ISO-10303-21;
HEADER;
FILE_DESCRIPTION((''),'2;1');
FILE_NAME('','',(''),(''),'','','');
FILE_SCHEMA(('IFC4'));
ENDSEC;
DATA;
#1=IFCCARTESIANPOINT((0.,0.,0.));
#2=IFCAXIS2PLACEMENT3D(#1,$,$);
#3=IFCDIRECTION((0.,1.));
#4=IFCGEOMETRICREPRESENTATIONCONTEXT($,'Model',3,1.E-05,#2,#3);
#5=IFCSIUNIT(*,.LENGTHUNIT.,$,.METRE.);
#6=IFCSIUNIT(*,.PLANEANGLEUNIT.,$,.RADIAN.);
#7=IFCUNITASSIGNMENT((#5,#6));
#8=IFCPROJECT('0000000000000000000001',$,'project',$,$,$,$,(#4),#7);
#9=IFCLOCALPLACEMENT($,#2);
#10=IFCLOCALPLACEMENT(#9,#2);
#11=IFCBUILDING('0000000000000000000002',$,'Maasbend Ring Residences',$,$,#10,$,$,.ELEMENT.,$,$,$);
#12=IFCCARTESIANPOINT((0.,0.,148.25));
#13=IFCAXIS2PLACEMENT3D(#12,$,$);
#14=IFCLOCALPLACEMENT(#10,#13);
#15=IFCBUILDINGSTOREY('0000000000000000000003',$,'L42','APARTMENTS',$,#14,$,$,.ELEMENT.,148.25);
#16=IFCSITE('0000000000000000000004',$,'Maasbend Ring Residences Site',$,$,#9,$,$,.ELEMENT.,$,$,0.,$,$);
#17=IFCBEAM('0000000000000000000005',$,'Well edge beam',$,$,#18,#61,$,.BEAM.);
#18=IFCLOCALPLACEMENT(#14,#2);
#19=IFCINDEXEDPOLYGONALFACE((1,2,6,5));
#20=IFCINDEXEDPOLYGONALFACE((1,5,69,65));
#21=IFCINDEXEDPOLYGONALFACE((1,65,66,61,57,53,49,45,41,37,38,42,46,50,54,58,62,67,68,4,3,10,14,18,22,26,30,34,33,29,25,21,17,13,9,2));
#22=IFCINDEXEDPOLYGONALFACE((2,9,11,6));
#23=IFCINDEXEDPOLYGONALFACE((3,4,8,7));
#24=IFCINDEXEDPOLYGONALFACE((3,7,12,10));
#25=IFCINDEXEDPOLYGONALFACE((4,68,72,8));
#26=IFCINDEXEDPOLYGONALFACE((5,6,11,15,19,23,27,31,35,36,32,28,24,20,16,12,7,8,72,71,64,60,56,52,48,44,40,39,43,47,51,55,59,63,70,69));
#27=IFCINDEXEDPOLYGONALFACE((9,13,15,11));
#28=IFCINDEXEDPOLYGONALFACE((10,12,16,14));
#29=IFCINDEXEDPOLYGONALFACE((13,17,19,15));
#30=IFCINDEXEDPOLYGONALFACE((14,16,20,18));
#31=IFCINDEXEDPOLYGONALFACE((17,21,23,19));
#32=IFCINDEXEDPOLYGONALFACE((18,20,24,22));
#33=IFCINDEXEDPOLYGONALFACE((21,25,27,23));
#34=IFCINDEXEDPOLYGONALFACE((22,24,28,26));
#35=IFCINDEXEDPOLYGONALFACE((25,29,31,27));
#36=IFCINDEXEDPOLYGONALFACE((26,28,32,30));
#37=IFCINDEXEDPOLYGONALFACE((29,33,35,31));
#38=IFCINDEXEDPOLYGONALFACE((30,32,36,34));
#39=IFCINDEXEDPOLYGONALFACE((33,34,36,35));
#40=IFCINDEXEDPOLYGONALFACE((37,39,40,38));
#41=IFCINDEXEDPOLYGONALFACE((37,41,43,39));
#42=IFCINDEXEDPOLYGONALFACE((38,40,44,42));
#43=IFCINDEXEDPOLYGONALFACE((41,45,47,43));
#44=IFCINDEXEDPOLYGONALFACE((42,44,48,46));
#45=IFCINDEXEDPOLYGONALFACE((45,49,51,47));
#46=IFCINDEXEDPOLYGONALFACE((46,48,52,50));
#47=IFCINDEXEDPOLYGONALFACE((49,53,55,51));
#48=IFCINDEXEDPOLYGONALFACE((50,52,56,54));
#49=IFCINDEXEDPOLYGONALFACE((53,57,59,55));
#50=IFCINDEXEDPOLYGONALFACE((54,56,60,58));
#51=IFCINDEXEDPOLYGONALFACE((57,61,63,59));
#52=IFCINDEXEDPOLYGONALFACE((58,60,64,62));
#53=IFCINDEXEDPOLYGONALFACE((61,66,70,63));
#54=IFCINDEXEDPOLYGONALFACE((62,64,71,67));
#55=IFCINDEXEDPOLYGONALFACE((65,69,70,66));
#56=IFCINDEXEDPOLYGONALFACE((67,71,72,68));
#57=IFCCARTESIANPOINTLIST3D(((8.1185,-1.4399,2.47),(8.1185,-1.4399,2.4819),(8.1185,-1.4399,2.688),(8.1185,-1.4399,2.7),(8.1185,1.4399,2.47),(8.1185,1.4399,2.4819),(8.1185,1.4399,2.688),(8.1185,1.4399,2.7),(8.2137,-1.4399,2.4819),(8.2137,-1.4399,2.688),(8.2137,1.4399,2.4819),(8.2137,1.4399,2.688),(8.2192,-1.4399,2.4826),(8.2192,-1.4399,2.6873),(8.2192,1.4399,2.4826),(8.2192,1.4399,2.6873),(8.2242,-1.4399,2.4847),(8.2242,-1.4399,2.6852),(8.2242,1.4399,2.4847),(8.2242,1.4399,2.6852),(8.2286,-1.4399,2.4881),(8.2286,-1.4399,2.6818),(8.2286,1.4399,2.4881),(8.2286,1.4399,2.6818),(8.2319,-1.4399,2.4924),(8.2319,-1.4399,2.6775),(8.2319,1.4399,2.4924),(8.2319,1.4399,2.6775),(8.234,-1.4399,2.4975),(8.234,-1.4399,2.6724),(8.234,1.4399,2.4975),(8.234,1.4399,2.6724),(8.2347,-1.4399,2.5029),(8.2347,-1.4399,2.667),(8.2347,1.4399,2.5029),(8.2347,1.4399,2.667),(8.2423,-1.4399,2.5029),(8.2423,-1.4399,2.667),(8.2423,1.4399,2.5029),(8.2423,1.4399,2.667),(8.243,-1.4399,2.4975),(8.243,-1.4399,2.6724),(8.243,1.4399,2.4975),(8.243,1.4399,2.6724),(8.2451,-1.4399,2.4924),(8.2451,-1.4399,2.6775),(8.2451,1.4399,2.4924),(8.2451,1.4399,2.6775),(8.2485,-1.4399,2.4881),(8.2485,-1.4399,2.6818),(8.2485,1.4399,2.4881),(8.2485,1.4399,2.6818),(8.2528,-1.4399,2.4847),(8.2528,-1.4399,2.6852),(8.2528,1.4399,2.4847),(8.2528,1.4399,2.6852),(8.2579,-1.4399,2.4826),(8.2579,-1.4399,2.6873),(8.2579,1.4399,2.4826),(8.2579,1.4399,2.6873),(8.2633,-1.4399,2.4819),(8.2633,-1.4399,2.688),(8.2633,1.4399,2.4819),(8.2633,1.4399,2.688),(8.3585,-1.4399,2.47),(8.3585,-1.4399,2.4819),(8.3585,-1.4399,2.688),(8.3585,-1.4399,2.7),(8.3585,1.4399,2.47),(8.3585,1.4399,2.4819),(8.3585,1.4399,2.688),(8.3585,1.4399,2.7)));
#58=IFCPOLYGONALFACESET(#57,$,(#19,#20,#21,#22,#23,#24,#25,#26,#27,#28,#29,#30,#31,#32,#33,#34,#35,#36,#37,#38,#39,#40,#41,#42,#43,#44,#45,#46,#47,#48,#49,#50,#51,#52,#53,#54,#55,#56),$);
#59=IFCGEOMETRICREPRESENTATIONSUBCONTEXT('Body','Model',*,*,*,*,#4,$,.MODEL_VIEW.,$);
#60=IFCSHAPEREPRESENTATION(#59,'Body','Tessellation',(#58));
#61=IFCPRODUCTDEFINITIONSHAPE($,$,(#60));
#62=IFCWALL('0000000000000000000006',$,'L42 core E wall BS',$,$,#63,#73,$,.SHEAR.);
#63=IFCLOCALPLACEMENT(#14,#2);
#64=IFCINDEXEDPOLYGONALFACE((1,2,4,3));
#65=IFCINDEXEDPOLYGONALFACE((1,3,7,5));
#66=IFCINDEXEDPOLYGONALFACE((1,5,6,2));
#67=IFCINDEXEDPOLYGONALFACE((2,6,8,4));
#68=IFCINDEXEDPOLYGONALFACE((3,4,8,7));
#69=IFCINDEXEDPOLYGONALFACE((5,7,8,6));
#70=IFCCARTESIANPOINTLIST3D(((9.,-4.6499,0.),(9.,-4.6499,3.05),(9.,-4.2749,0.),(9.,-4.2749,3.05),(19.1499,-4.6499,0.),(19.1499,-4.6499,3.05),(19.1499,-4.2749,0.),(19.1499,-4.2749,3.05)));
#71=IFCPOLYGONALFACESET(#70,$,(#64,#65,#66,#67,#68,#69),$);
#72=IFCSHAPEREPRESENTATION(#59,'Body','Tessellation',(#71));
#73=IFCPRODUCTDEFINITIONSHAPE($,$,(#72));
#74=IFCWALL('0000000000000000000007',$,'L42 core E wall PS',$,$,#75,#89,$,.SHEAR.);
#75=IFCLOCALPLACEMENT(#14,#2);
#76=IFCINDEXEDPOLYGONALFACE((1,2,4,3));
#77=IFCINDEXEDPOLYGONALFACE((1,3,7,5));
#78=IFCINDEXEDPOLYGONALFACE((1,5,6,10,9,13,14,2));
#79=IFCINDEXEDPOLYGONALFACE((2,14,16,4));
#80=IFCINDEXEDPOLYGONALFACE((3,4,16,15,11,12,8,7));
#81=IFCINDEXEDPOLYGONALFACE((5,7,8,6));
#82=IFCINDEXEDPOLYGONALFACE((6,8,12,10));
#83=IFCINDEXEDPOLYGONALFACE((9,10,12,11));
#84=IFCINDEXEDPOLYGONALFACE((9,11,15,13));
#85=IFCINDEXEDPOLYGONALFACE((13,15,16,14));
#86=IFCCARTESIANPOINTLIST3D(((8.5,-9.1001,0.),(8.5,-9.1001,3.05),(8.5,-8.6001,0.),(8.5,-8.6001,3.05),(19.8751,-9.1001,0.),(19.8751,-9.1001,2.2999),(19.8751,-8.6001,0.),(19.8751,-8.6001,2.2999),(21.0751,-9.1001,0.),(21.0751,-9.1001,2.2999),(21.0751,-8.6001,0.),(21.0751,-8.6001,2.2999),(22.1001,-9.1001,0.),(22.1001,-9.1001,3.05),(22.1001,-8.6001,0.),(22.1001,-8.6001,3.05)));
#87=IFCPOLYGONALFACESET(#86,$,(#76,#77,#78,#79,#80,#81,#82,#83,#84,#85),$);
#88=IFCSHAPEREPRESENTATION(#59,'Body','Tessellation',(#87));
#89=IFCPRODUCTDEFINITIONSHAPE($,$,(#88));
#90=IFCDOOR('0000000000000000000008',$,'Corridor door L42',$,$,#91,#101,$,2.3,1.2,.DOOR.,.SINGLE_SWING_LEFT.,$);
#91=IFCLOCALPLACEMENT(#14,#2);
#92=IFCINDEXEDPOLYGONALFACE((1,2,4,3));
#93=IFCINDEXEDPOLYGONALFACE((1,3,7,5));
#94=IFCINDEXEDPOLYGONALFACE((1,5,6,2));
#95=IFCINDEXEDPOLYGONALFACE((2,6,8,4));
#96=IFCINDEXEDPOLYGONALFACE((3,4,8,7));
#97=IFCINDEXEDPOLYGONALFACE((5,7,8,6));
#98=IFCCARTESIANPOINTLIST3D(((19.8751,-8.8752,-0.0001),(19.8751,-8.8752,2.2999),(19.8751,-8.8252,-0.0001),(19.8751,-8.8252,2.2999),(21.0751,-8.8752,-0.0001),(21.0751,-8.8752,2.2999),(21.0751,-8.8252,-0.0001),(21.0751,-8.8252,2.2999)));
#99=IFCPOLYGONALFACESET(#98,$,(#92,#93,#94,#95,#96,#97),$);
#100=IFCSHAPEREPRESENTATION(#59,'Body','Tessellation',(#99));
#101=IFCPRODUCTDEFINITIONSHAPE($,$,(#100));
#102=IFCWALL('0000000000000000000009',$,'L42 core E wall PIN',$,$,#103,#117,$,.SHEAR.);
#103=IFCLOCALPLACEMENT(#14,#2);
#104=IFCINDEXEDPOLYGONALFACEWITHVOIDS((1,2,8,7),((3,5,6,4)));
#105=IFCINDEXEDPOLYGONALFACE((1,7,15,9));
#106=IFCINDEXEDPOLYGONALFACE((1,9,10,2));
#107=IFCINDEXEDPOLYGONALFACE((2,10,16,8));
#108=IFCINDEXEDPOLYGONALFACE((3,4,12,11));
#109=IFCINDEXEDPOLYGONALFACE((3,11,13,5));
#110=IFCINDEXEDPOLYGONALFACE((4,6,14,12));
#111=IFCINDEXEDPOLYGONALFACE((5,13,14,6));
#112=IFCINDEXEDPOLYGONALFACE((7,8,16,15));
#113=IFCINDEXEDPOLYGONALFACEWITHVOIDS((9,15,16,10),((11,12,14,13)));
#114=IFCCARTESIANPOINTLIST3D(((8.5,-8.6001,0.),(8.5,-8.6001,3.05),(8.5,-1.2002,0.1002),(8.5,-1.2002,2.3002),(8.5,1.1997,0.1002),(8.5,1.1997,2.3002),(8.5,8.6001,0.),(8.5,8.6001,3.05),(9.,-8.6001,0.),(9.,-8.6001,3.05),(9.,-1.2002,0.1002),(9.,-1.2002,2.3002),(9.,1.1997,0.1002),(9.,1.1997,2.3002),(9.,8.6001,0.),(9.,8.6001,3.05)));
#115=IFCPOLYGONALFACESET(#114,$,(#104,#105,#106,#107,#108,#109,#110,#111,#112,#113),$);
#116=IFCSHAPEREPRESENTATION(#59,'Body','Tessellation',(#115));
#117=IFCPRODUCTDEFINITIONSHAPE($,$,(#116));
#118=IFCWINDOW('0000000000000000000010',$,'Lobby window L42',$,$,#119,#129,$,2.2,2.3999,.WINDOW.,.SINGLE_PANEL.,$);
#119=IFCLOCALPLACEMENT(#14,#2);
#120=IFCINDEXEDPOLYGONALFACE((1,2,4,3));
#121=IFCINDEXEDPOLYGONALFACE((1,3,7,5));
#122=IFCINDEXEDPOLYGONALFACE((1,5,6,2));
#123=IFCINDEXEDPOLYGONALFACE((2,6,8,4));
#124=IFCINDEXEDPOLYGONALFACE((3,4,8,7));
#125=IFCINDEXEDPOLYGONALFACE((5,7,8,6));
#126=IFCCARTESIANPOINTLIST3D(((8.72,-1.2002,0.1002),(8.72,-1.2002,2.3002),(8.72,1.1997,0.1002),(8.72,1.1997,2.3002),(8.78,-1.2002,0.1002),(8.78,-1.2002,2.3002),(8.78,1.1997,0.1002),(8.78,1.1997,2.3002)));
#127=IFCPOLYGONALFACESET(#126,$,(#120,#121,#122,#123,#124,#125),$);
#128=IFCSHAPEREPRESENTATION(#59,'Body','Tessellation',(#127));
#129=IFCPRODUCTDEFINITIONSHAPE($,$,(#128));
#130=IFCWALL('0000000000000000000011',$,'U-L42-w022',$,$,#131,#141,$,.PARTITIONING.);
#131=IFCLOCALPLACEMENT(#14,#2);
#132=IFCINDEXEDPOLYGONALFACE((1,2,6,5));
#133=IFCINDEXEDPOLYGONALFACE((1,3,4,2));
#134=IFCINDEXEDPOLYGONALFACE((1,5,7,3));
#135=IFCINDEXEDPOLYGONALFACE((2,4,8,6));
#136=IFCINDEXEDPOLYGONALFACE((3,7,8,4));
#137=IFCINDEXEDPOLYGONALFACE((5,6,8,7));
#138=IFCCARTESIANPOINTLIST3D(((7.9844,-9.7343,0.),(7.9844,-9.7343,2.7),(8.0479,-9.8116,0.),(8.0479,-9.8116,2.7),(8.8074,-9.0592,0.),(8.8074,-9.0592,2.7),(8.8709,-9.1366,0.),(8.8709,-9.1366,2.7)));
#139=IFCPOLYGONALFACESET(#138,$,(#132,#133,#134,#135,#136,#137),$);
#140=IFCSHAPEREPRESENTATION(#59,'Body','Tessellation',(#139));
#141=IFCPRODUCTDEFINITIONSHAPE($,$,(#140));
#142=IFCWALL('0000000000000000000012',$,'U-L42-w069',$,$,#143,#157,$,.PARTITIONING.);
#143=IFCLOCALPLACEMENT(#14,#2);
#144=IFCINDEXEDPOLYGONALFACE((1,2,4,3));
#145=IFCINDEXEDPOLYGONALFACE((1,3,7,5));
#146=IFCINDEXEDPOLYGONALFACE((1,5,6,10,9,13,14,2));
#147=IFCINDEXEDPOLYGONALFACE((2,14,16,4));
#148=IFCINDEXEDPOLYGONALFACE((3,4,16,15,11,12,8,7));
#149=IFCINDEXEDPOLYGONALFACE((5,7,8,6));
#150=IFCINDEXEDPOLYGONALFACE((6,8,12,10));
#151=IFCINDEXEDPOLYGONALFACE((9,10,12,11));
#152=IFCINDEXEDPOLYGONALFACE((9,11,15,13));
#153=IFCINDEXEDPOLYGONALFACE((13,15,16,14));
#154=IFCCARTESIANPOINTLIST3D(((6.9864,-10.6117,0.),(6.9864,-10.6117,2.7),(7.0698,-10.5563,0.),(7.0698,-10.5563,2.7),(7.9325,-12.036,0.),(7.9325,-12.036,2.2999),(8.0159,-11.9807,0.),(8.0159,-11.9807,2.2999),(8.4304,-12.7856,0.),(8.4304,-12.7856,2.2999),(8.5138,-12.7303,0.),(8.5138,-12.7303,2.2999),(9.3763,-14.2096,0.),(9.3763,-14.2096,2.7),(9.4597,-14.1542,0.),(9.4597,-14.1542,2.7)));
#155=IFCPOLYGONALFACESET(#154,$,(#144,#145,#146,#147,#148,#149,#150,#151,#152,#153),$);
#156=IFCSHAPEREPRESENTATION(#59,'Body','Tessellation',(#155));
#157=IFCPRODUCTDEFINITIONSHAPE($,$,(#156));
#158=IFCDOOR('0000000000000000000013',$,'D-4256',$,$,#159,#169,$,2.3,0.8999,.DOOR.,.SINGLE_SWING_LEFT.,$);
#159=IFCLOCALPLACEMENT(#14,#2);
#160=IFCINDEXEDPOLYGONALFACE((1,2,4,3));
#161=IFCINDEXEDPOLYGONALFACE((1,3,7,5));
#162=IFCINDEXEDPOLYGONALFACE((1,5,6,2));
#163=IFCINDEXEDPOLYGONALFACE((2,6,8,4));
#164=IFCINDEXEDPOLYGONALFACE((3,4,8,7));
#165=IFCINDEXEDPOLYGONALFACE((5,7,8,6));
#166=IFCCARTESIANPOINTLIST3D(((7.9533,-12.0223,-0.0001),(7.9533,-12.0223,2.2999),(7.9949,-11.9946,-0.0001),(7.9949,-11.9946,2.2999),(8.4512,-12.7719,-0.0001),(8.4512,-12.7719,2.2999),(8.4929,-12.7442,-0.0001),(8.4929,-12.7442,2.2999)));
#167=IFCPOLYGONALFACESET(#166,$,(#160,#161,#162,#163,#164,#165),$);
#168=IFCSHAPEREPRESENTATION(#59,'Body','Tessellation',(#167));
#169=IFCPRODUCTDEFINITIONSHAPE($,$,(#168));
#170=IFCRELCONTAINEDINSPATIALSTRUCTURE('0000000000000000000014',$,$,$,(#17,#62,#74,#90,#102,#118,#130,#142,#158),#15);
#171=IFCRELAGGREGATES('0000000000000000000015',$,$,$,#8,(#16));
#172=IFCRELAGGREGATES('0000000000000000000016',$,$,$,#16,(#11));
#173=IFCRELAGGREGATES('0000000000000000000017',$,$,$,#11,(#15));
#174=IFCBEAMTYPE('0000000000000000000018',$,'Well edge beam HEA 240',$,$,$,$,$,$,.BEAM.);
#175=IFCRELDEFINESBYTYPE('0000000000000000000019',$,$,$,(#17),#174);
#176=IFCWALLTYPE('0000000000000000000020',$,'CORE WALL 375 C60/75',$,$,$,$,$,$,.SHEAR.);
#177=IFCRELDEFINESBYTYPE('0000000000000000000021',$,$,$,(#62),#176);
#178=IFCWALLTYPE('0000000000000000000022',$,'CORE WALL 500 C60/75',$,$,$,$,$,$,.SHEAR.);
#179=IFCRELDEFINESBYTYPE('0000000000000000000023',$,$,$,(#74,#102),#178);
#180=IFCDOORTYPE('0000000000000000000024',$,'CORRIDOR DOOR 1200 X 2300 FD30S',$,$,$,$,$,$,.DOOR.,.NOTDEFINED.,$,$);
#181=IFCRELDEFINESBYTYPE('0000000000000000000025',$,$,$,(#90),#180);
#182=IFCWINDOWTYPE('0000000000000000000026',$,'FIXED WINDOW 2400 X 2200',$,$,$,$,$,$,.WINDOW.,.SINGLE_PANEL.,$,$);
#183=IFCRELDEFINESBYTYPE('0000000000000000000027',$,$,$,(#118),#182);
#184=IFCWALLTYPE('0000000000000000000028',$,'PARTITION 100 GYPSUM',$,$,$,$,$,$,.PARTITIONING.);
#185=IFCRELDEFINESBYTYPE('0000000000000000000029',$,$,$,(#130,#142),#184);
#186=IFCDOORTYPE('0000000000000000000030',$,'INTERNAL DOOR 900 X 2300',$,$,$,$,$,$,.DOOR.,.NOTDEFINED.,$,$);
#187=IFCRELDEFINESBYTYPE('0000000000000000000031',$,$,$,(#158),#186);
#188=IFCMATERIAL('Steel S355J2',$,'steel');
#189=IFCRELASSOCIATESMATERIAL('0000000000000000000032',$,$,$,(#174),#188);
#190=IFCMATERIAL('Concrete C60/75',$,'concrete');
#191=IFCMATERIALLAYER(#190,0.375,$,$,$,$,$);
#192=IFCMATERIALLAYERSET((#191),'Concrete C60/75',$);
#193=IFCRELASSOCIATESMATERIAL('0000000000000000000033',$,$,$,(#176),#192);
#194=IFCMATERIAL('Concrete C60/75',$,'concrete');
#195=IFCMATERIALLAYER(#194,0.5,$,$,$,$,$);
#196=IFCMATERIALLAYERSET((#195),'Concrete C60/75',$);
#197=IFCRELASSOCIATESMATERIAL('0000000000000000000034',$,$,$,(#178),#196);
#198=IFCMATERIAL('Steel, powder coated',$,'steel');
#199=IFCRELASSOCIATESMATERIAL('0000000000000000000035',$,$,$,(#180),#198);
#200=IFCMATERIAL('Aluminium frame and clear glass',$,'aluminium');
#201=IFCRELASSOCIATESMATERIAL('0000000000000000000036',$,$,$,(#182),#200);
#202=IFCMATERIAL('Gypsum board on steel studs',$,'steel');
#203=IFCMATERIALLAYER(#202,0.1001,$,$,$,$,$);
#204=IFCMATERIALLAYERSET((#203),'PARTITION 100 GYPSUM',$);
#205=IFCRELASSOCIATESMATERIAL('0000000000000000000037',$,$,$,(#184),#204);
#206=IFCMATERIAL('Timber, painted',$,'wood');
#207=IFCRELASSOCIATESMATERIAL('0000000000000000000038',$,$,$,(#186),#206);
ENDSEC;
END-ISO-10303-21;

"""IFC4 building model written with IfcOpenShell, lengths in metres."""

from ifc_helpers import new_model, si_unit, direction, frame, frame_2d, origin, origin_2d, place, context, subcontext, project, spatial, rectangle, i_section, extrude, material, layer, layer_set, material_profile, profile_set, type_object, element, fill, save


model = new_model("IFC4")

# Units and contexts
model_context = context("Model", 3, precision=1e-05, world=origin(), true_north=direction((0.0, 1.0)))
body_context = subcontext(model_context, "Body", "Model", "MODEL_VIEW")
ifc_project = project(units=[si_unit("LENGTHUNIT", "METRE"), si_unit("PLANEANGLEUNIT", "RADIAN")], contexts=[model_context])

# Site, building, storey
site_placement = place(None, origin())
site = spatial("IfcSite", under=ifc_project, at=site_placement, Name="Maasbend Ring Residences Site", CompositionType="ELEMENT", RefElevation=0.0)
building_placement = place(site_placement, origin())
building = spatial("IfcBuilding", under=site, at=building_placement, Name="Maasbend Ring Residences", CompositionType="ELEMENT")
storey_placement = place(building_placement, frame((0.0, 0.0, 148.25)))
storey = spatial("IfcBuildingStorey", under=building, at=storey_placement, Name="L42", Description="APARTMENTS", CompositionType="ELEMENT", Elevation=148.25)

# Beam
ifc_material_1 = material(Name="Steel S355J2", Category="steel")
ifc_material_profile_1 = material_profile(ifc_material_1, i_section(OverallWidth=0.24, OverallDepth=0.23, WebThickness=0.0076, FlangeThickness=0.012, FilletRadius=0.021, at=origin_2d()), Name="HEA 240")
ifc_profile_set_1 = profile_set([ifc_material_profile_1], Name="Steel S355J2")
beam_type = type_object("IfcBeamType", Name="Well edge beam HEA 240", PredefinedType="BEAM", material=ifc_profile_set_1)
for number, where, z_axis, x_axis, name in (
    (1, (8.2385, -1.4399, 2.585), (0.0, 1.0, 0.0), (-1.0, 0.0, 0.0), "Well edge beam"),
):
    element("IfcBeam", number, at=place(storey_placement, frame(where, z_axis=z_axis, x_axis=x_axis)), inside=storey, type_object=beam_type, Name=name, PredefinedType="BEAM", context=body_context, shape_type="SweptSolid", body=[
        extrude(i_section(OverallWidth=0.24, OverallDepth=0.23, WebThickness=0.0076, FlangeThickness=0.012, FilletRadius=0.021, at=origin_2d()), origin(), (0.0, 0.0, 1.0), 2.8799),
    ])

# Wall
ifc_material_2 = material(Name="Concrete C60/75", Category="concrete")
ifc_layer_1 = layer(ifc_material_2, 0.375)
ifc_layer_set_1 = layer_set([ifc_layer_1], Name="Concrete C60/75")
wall_type_1 = type_object("IfcWallType", Name="CORE WALL 375 C60/75", PredefinedType="SHEAR", material=ifc_layer_set_1)
wall_1_placement = place(storey_placement, frame((9.0, -4.4624, 0.0), z_axis=(0.0, 0.0, 1.0), x_axis=(1.0, 0.0, 0.0)))
element("IfcWall", 2, at=wall_1_placement, inside=storey, type_object=wall_type_1, Name="L42 core E wall BS", PredefinedType="SHEAR", context=body_context, shape_type="SweptSolid", body=[
    extrude(rectangle(XDim=10.1499, YDim=0.375, at=frame_2d((5.075, 0.0))), origin(), (0.0, 0.0, 1.0), 3.05),
])

# Wall, opening, door
ifc_material_3 = material(Name="Concrete C60/75", Category="concrete")
ifc_layer_2 = layer(ifc_material_3, 0.5)
ifc_layer_set_2 = layer_set([ifc_layer_2], Name="Concrete C60/75")
wall_type_2 = type_object("IfcWallType", Name="CORE WALL 500 C60/75", PredefinedType="SHEAR", material=ifc_layer_set_2)
wall_2_placement = place(storey_placement, frame((8.5, -8.8501, 0.0), z_axis=(0.0, 0.0, 1.0), x_axis=(1.0, 0.0, 0.0)))
wall_2 = element("IfcWall", 3, at=wall_2_placement, inside=storey, type_object=wall_type_2, Name="L42 core E wall PS", PredefinedType="SHEAR", context=body_context, shape_type="SweptSolid", body=[
    extrude(rectangle(XDim=13.6001, YDim=0.5, at=frame_2d((6.8, 0.0))), origin(), (0.0, 0.0, 1.0), 3.05),
])
opening_1_placement = place(wall_2_placement, frame((11.375, 0.0, 0.0)))
opening_1 = element("IfcOpeningElement", 4, at=opening_1_placement, cuts=wall_2, PredefinedType="OPENING", context=body_context, shape_type="SweptSolid", body=[
    extrude(rectangle(XDim=1.2, YDim=2.3, at=frame_2d((0.6001, 1.1499))), frame((0.0, 0.26, 0.0), z_axis=(0.0, -1.0, 0.0), x_axis=(1.0, 0.0, 0.0)), (0.0, 0.0, 1.0), 0.52),
])
ifc_material_4 = material(Name="Steel, powder coated", Category="steel")
door_type_1 = type_object("IfcDoorType", Name="CORRIDOR DOOR 1200 X 2300 FD30S", OperationType="NOTDEFINED", PredefinedType="DOOR", material=ifc_material_4)
door_1_placement = place(opening_1_placement, origin())
door_1 = element("IfcDoor", 5, at=door_1_placement, inside=storey, type_object=door_type_1, Name="Corridor door L42", OperationType="SINGLE_SWING_LEFT", OverallHeight=2.3, OverallWidth=1.2, PredefinedType="DOOR", context=body_context, shape_type="SweptSolid", body=[
    extrude(rectangle(XDim=1.2, YDim=2.3, at=frame_2d((0.6001, 1.1499))), frame((0.0, 0.0249, 0.0), z_axis=(0.0, -1.0, 0.0), x_axis=(1.0, 0.0, 0.0)), (0.0, 0.0, 1.0), 0.05),
])
fill(opening_1, door_1)

# Wall, opening, window
wall_3_placement = place(storey_placement, frame((8.75, -8.6001, 0.0), z_axis=(0.0, 0.0, 1.0), x_axis=(0.0, 1.0, 0.0)))
wall_3 = element("IfcWall", 6, at=wall_3_placement, inside=storey, type_object=wall_type_2, Name="L42 core E wall PIN", PredefinedType="SHEAR", context=body_context, shape_type="SweptSolid", body=[
    extrude(rectangle(XDim=17.2002, YDim=0.5, at=frame_2d((8.6001, 0.0))), origin(), (0.0, 0.0, 1.0), 3.05),
])
opening_2_placement = place(wall_3_placement, frame((7.3999, 0.0, 0.1001)))
opening_2 = element("IfcOpeningElement", 7, at=opening_2_placement, cuts=wall_3, PredefinedType="OPENING", context=body_context, shape_type="SweptSolid", body=[
    extrude(rectangle(XDim=2.3999, YDim=2.2, at=frame_2d((1.2, 1.1001))), frame((0.0, 0.26, 0.0), z_axis=(0.0, -1.0, 0.0), x_axis=(1.0, 0.0, 0.0)), (0.0, 0.0, 1.0), 0.52),
])
ifc_material_5 = material(Name="Aluminium frame and clear glass", Category="aluminium")
window_type = type_object("IfcWindowType", Name="FIXED WINDOW 2400 X 2200", PartitioningType="SINGLE_PANEL", PredefinedType="WINDOW", material=ifc_material_5)
window_placement = place(opening_2_placement, origin())
window = element("IfcWindow", 8, at=window_placement, inside=storey, type_object=window_type, Name="Lobby window L42", OverallHeight=2.2, OverallWidth=2.3999, PartitioningType="SINGLE_PANEL", PredefinedType="WINDOW", context=body_context, shape_type="SweptSolid", body=[
    extrude(rectangle(XDim=2.3999, YDim=2.2, at=frame_2d((1.2, 1.1001))), frame((0.0, 0.03, 0.0), z_axis=(0.0, -1.0, 0.0), x_axis=(1.0, 0.0, 0.0)), (0.0, 0.0, 1.0), 0.0601),
])
fill(opening_2, window)

# Wall
ifc_material_6 = material(Name="Gypsum board on steel studs", Category="steel")
ifc_layer_3 = layer(ifc_material_6, 0.1001)
ifc_layer_set_3 = layer_set([ifc_layer_3], Name="PARTITION 100 GYPSUM")
wall_type_3 = type_object("IfcWallType", Name="PARTITION 100 GYPSUM", PredefinedType="PARTITIONING", material=ifc_layer_set_3)
wall_4_placement = place(storey_placement, frame((8.0161, -9.7729, 0.0), z_axis=(0.0, 0.0, 1.0), x_axis=(0.77318, 0.634187, 0.0)))
element("IfcWall", 9, at=wall_4_placement, inside=storey, type_object=wall_type_3, Name="U-L42-w022", PredefinedType="PARTITIONING", context=body_context, shape_type="SweptSolid", body=[
    extrude(rectangle(XDim=1.0645, YDim=0.1001, at=frame_2d((0.5322, 0.0))), origin(), (0.0, 0.0, 1.0), 2.7),
])

# Wall, opening, door
wall_5_placement = place(storey_placement, frame((7.0281, -10.584, 0.0), z_axis=(0.0, 0.0, 1.0), x_axis=(0.553304, -0.83298, 0.0)))
wall_5 = element("IfcWall", 10, at=wall_5_placement, inside=storey, type_object=wall_type_3, Name="U-L42-w069", PredefinedType="PARTITIONING", context=body_context, shape_type="SweptSolid", body=[
    extrude(rectangle(XDim=4.3193, YDim=0.1001, at=frame_2d((2.1597, 0.0))), origin(), (0.0, 0.0, 1.0), 2.7),
])
opening_3_placement = place(wall_5_placement, frame((1.71, 0.0, 0.0)))
opening_3 = element("IfcOpeningElement", 11, at=opening_3_placement, cuts=wall_5, PredefinedType="OPENING", context=body_context, shape_type="SweptSolid", body=[
    extrude(rectangle(XDim=0.8999, YDim=2.3, at=frame_2d((0.45, 1.1499))), frame((0.0, 0.0601, 0.0), z_axis=(0.0, -1.0, 0.0), x_axis=(1.0, 0.0, 0.0)), (0.0, 0.0, 1.0), 0.1201),
])
ifc_material_7 = material(Name="Timber, painted", Category="wood")
door_type_2 = type_object("IfcDoorType", Name="INTERNAL DOOR 900 X 2300", OperationType="NOTDEFINED", PredefinedType="DOOR", material=ifc_material_7)
door_2_placement = place(opening_3_placement, origin())
door_2 = element("IfcDoor", 12, at=door_2_placement, inside=storey, type_object=door_type_2, Name="D-4256", OperationType="SINGLE_SWING_LEFT", OverallHeight=2.3, OverallWidth=0.8999, PredefinedType="DOOR", context=body_context, shape_type="SweptSolid", body=[
    extrude(rectangle(XDim=0.8999, YDim=2.3, at=frame_2d((0.45, 1.1499))), frame((0.0, 0.0249, 0.0), z_axis=(0.0, -1.0, 0.0), x_axis=(1.0, 0.0, 0.0)), (0.0, 0.0, 1.0), 0.05),
])
fill(opening_3, door_2)

save(model, "model.ifc")
